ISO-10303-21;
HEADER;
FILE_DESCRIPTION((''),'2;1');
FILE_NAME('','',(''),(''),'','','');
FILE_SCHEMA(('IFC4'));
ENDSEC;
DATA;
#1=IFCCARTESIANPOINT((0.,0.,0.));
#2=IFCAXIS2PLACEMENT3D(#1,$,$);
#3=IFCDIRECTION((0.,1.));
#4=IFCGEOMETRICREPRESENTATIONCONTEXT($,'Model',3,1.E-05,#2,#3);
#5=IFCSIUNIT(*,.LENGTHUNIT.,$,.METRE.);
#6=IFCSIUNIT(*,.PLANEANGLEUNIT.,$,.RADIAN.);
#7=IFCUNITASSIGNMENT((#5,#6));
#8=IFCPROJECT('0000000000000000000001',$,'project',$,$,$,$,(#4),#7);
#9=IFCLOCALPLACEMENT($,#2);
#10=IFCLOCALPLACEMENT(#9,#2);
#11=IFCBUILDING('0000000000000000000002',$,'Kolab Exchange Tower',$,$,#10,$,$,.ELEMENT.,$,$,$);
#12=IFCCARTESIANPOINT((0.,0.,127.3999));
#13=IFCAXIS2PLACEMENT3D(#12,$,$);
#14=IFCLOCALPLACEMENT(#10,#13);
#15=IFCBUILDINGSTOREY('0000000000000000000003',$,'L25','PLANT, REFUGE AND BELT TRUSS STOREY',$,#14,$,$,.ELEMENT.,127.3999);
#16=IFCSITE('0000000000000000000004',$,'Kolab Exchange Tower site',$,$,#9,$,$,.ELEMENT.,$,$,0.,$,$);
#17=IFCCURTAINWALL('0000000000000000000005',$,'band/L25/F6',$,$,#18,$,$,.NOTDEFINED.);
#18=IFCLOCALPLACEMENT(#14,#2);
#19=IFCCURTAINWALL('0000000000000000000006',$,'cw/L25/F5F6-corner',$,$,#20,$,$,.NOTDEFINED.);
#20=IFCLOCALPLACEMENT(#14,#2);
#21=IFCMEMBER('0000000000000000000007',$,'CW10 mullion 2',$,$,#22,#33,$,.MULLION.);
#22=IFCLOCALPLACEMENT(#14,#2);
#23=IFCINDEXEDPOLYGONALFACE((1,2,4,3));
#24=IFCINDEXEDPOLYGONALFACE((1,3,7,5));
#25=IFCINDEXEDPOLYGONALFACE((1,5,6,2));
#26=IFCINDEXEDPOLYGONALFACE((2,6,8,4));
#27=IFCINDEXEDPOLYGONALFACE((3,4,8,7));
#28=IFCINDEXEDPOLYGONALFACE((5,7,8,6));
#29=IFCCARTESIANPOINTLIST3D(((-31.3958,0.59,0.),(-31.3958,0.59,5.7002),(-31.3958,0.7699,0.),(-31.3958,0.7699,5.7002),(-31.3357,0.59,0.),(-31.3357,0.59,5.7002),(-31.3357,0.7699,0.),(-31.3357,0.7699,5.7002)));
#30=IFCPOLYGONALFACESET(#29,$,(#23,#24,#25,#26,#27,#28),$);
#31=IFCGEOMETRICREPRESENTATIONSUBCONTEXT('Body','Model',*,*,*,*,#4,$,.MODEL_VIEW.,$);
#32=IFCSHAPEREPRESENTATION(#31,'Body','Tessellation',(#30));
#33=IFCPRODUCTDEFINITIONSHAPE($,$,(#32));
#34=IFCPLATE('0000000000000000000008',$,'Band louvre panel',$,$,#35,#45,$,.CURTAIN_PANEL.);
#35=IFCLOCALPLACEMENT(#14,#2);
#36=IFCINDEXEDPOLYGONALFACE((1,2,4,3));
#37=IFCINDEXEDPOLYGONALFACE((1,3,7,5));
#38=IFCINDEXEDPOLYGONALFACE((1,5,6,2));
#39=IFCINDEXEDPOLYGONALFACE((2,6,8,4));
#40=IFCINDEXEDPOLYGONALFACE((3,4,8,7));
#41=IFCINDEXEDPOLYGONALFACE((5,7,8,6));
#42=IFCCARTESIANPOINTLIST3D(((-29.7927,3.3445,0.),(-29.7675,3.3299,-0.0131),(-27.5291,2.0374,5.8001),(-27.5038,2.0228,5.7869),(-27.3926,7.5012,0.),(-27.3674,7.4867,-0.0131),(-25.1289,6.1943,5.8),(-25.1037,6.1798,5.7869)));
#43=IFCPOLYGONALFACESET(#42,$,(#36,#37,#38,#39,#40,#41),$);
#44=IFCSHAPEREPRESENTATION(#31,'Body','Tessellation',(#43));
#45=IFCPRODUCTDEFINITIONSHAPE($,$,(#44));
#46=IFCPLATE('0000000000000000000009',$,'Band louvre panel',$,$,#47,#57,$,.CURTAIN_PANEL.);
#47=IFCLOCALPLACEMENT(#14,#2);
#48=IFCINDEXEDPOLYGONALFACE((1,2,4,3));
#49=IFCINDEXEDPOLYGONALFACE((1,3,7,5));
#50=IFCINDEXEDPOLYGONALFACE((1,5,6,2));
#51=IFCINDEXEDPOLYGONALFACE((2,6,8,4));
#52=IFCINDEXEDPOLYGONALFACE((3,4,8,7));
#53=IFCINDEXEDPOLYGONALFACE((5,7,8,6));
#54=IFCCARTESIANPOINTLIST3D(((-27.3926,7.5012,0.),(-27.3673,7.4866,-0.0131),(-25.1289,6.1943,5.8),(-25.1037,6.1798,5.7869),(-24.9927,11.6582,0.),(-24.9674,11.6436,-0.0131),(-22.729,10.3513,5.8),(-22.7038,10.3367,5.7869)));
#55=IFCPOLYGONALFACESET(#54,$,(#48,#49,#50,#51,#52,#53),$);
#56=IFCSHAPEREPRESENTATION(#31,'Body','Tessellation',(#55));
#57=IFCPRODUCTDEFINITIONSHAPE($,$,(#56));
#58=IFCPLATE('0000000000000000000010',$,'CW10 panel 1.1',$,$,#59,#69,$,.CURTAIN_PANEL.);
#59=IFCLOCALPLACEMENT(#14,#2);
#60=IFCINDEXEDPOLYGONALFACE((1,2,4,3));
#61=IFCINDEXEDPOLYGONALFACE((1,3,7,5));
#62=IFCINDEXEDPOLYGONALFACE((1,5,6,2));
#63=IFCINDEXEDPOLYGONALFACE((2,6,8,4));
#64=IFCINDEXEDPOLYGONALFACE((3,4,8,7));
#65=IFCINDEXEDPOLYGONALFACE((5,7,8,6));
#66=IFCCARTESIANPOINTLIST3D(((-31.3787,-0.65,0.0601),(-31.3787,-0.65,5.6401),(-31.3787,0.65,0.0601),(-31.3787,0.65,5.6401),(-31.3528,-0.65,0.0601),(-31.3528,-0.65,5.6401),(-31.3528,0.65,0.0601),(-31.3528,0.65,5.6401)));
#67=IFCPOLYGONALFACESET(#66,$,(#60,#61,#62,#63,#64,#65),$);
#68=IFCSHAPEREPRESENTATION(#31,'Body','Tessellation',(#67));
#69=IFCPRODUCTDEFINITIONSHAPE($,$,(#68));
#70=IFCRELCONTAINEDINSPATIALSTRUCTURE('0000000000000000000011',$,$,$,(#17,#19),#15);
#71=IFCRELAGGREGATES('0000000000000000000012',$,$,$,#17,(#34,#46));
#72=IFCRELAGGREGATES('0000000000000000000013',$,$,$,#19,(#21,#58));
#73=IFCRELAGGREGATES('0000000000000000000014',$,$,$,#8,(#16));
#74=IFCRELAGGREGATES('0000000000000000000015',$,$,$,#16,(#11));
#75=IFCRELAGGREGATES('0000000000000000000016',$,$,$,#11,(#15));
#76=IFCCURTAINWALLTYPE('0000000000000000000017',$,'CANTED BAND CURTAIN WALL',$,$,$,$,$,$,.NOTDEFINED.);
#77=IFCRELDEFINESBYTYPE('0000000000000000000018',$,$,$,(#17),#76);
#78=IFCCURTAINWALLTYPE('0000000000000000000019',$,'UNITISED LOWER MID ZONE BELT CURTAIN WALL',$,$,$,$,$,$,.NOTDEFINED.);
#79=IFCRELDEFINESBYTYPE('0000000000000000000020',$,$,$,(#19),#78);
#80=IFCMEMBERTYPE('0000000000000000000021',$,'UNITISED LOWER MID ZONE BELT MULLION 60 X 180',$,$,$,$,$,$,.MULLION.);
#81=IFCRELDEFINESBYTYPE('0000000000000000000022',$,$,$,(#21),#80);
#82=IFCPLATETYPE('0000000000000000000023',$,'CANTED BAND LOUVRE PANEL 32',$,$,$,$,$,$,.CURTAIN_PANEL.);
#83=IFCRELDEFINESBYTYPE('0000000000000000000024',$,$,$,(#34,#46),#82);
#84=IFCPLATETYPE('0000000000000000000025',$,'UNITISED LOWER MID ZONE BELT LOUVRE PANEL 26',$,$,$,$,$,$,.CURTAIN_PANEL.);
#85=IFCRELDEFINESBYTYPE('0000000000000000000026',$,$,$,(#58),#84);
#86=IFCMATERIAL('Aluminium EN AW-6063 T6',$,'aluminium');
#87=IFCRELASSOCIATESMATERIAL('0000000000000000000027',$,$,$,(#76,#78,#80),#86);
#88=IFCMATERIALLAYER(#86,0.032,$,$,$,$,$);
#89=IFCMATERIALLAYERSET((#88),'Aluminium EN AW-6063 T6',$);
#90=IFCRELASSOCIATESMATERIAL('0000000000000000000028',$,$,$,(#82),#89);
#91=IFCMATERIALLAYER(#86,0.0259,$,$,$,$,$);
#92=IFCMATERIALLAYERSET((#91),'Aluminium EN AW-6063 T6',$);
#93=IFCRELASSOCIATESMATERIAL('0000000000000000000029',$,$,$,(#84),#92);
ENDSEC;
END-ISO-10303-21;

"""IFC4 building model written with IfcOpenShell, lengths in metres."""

from ifc_helpers import new_model, si_unit, direction, frame, origin, origin_2d, place, context, subcontext, project, spatial, polyline, rectangle, outline, extrude, material, layer, layer_set, material_profile, profile_set, type_object, element, aggregate, save


model = new_model("IFC4")

# Units and contexts
model_context = context("Model", 3, precision=1e-05, world=origin(), true_north=direction((0.0, 1.0)))
body_context = subcontext(model_context, "Body", "Model", "MODEL_VIEW")
ifc_project = project(units=[si_unit("LENGTHUNIT", "METRE"), si_unit("PLANEANGLEUNIT", "RADIAN")], contexts=[model_context])

# Site, building, storey
site_placement = place(None, origin())
site = spatial("IfcSite", under=ifc_project, at=site_placement, Name="Kolab Exchange Tower site", CompositionType="ELEMENT", RefElevation=0.0)
building_placement = place(site_placement, origin())
building = spatial("IfcBuilding", under=site, at=building_placement, Name="Kolab Exchange Tower", CompositionType="ELEMENT")
storey_placement = place(building_placement, frame((0.0, 0.0, 127.3999)))
storey = spatial("IfcBuildingStorey", under=building, at=storey_placement, Name="L25", Description="PLANT, REFUGE AND BELT TRUSS STOREY", CompositionType="ELEMENT", Elevation=127.3999)

# Curtain wall
ifc_material_1 = material(Name="Aluminium EN AW-6063 T6", Category="aluminium")
curtain_wall_type_1 = type_object("IfcCurtainWallType", Name="CANTED BAND CURTAIN WALL", PredefinedType="NOTDEFINED", material=ifc_material_1)
curtain_wall_1_placement = place(storey_placement, origin())
curtain_wall_1 = element("IfcCurtainWall", 1, at=curtain_wall_1_placement, inside=storey, type_object=curtain_wall_type_1, Name="band/L25/F6", PredefinedType="NOTDEFINED")

# Curtain wall, member
curtain_wall_type_2 = type_object("IfcCurtainWallType", Name="UNITISED LOWER MID ZONE BELT CURTAIN WALL", PredefinedType="NOTDEFINED", material=ifc_material_1)
curtain_wall_2_placement = place(storey_placement, origin())
curtain_wall_2 = element("IfcCurtainWall", 2, at=curtain_wall_2_placement, inside=storey, type_object=curtain_wall_type_2, Name="cw/L25/F5F6-corner", PredefinedType="NOTDEFINED")
ifc_material_profile_1 = material_profile(ifc_material_1, rectangle(XDim=0.0601, YDim=0.1799, at=origin_2d()), Name="RECT 60X180")
ifc_profile_set_1 = profile_set([ifc_material_profile_1], Name="Aluminium EN AW-6063 T6")
member_type_1 = type_object("IfcMemberType", Name="UNITISED LOWER MID ZONE BELT MULLION 60 X 180", PredefinedType="MULLION", material=ifc_profile_set_1)
member_1_placement = place(storey_placement, frame((-31.3657, 0.6799, 0.0), z_axis=(0.0, 0.0, 1.0), x_axis=(-1.0, 0.0, 0.0)))
member_1 = element("IfcMember", 3, at=member_1_placement, type_object=member_type_1, Name="CW10 mullion 2", PredefinedType="MULLION", context=body_context, shape_type="SweptSolid", body=[
    extrude(rectangle(XDim=0.0601, YDim=0.1799, at=origin_2d()), origin(), (0.0, 0.0, 1.0), 5.7002),
])

# Plates
ifc_layer_1 = layer(ifc_material_1, 0.032)
ifc_layer_set_1 = layer_set([ifc_layer_1], Name="Aluminium EN AW-6063 T6")
plate_type_1 = type_object("IfcPlateType", Name="CANTED BAND LOUVRE PANEL 32", PredefinedType="CURTAIN_PANEL", material=ifc_layer_set_1)
plate_1_placement = place(storey_placement, frame((-29.7927, 3.3445, 0.0), z_axis=(-0.789535, 0.455873, 0.410872), x_axis=(0.50003, 0.866008, 0.000005)))
plate_1 = element("IfcPlate", 4, at=plate_1_placement, type_object=plate_type_1, Name="Band louvre panel", PredefinedType="CURTAIN_PANEL", context=body_context, shape_type="SweptSolid", body=[
    extrude(outline(polyline([(0.0, 0.0), (4.7999, 0.0), (4.8001, -6.3618), (-0.0001, -6.3619), (0.0, 0.0)])), origin(), (0.0, 0.0, -1.0), 0.032),
])
plate_2_placement = place(storey_placement, frame((-27.3926, 7.5012, 0.0), z_axis=(-0.789563, 0.45583, 0.410864), x_axis=(0.499979, 0.866037, 0.0)))
plate_2 = element("IfcPlate", 5, at=plate_2_placement, type_object=plate_type_1, Name="Band louvre panel", PredefinedType="CURTAIN_PANEL", context=body_context, shape_type="SweptSolid", body=[
    extrude(outline(polyline([(0.0, 0.0), (4.8, 0.0), (4.8, -6.3618), (0.0, -6.3618), (0.0, 0.0)])), origin(), (0.0, 0.0, -1.0), 0.032),
])
aggregate(curtain_wall_1, [plate_1, plate_2])
ifc_layer_2 = layer(ifc_material_1, 0.0259)
ifc_layer_set_2 = layer_set([ifc_layer_2], Name="Aluminium EN AW-6063 T6")
plate_type_2 = type_object("IfcPlateType", Name="UNITISED LOWER MID ZONE BELT LOUVRE PANEL 26", PredefinedType="CURTAIN_PANEL", material=ifc_layer_set_2)
plate_3_placement = place(storey_placement, frame((-31.3657, 0.0, 0.0601), z_axis=(0.0, 0.0, 1.0), x_axis=(0.0, 1.0, 0.0)))
plate_3 = element("IfcPlate", 6, at=plate_3_placement, type_object=plate_type_2, Name="CW10 panel 1.1", PredefinedType="CURTAIN_PANEL", context=body_context, shape_type="SweptSolid", body=[
    extrude(rectangle(XDim=1.3, YDim=0.0259, at=origin_2d()), origin(), (0.0, 0.0, 1.0), 5.5801),
])
aggregate(curtain_wall_2, [member_1, plate_3])

save(model, "model.ifc")
